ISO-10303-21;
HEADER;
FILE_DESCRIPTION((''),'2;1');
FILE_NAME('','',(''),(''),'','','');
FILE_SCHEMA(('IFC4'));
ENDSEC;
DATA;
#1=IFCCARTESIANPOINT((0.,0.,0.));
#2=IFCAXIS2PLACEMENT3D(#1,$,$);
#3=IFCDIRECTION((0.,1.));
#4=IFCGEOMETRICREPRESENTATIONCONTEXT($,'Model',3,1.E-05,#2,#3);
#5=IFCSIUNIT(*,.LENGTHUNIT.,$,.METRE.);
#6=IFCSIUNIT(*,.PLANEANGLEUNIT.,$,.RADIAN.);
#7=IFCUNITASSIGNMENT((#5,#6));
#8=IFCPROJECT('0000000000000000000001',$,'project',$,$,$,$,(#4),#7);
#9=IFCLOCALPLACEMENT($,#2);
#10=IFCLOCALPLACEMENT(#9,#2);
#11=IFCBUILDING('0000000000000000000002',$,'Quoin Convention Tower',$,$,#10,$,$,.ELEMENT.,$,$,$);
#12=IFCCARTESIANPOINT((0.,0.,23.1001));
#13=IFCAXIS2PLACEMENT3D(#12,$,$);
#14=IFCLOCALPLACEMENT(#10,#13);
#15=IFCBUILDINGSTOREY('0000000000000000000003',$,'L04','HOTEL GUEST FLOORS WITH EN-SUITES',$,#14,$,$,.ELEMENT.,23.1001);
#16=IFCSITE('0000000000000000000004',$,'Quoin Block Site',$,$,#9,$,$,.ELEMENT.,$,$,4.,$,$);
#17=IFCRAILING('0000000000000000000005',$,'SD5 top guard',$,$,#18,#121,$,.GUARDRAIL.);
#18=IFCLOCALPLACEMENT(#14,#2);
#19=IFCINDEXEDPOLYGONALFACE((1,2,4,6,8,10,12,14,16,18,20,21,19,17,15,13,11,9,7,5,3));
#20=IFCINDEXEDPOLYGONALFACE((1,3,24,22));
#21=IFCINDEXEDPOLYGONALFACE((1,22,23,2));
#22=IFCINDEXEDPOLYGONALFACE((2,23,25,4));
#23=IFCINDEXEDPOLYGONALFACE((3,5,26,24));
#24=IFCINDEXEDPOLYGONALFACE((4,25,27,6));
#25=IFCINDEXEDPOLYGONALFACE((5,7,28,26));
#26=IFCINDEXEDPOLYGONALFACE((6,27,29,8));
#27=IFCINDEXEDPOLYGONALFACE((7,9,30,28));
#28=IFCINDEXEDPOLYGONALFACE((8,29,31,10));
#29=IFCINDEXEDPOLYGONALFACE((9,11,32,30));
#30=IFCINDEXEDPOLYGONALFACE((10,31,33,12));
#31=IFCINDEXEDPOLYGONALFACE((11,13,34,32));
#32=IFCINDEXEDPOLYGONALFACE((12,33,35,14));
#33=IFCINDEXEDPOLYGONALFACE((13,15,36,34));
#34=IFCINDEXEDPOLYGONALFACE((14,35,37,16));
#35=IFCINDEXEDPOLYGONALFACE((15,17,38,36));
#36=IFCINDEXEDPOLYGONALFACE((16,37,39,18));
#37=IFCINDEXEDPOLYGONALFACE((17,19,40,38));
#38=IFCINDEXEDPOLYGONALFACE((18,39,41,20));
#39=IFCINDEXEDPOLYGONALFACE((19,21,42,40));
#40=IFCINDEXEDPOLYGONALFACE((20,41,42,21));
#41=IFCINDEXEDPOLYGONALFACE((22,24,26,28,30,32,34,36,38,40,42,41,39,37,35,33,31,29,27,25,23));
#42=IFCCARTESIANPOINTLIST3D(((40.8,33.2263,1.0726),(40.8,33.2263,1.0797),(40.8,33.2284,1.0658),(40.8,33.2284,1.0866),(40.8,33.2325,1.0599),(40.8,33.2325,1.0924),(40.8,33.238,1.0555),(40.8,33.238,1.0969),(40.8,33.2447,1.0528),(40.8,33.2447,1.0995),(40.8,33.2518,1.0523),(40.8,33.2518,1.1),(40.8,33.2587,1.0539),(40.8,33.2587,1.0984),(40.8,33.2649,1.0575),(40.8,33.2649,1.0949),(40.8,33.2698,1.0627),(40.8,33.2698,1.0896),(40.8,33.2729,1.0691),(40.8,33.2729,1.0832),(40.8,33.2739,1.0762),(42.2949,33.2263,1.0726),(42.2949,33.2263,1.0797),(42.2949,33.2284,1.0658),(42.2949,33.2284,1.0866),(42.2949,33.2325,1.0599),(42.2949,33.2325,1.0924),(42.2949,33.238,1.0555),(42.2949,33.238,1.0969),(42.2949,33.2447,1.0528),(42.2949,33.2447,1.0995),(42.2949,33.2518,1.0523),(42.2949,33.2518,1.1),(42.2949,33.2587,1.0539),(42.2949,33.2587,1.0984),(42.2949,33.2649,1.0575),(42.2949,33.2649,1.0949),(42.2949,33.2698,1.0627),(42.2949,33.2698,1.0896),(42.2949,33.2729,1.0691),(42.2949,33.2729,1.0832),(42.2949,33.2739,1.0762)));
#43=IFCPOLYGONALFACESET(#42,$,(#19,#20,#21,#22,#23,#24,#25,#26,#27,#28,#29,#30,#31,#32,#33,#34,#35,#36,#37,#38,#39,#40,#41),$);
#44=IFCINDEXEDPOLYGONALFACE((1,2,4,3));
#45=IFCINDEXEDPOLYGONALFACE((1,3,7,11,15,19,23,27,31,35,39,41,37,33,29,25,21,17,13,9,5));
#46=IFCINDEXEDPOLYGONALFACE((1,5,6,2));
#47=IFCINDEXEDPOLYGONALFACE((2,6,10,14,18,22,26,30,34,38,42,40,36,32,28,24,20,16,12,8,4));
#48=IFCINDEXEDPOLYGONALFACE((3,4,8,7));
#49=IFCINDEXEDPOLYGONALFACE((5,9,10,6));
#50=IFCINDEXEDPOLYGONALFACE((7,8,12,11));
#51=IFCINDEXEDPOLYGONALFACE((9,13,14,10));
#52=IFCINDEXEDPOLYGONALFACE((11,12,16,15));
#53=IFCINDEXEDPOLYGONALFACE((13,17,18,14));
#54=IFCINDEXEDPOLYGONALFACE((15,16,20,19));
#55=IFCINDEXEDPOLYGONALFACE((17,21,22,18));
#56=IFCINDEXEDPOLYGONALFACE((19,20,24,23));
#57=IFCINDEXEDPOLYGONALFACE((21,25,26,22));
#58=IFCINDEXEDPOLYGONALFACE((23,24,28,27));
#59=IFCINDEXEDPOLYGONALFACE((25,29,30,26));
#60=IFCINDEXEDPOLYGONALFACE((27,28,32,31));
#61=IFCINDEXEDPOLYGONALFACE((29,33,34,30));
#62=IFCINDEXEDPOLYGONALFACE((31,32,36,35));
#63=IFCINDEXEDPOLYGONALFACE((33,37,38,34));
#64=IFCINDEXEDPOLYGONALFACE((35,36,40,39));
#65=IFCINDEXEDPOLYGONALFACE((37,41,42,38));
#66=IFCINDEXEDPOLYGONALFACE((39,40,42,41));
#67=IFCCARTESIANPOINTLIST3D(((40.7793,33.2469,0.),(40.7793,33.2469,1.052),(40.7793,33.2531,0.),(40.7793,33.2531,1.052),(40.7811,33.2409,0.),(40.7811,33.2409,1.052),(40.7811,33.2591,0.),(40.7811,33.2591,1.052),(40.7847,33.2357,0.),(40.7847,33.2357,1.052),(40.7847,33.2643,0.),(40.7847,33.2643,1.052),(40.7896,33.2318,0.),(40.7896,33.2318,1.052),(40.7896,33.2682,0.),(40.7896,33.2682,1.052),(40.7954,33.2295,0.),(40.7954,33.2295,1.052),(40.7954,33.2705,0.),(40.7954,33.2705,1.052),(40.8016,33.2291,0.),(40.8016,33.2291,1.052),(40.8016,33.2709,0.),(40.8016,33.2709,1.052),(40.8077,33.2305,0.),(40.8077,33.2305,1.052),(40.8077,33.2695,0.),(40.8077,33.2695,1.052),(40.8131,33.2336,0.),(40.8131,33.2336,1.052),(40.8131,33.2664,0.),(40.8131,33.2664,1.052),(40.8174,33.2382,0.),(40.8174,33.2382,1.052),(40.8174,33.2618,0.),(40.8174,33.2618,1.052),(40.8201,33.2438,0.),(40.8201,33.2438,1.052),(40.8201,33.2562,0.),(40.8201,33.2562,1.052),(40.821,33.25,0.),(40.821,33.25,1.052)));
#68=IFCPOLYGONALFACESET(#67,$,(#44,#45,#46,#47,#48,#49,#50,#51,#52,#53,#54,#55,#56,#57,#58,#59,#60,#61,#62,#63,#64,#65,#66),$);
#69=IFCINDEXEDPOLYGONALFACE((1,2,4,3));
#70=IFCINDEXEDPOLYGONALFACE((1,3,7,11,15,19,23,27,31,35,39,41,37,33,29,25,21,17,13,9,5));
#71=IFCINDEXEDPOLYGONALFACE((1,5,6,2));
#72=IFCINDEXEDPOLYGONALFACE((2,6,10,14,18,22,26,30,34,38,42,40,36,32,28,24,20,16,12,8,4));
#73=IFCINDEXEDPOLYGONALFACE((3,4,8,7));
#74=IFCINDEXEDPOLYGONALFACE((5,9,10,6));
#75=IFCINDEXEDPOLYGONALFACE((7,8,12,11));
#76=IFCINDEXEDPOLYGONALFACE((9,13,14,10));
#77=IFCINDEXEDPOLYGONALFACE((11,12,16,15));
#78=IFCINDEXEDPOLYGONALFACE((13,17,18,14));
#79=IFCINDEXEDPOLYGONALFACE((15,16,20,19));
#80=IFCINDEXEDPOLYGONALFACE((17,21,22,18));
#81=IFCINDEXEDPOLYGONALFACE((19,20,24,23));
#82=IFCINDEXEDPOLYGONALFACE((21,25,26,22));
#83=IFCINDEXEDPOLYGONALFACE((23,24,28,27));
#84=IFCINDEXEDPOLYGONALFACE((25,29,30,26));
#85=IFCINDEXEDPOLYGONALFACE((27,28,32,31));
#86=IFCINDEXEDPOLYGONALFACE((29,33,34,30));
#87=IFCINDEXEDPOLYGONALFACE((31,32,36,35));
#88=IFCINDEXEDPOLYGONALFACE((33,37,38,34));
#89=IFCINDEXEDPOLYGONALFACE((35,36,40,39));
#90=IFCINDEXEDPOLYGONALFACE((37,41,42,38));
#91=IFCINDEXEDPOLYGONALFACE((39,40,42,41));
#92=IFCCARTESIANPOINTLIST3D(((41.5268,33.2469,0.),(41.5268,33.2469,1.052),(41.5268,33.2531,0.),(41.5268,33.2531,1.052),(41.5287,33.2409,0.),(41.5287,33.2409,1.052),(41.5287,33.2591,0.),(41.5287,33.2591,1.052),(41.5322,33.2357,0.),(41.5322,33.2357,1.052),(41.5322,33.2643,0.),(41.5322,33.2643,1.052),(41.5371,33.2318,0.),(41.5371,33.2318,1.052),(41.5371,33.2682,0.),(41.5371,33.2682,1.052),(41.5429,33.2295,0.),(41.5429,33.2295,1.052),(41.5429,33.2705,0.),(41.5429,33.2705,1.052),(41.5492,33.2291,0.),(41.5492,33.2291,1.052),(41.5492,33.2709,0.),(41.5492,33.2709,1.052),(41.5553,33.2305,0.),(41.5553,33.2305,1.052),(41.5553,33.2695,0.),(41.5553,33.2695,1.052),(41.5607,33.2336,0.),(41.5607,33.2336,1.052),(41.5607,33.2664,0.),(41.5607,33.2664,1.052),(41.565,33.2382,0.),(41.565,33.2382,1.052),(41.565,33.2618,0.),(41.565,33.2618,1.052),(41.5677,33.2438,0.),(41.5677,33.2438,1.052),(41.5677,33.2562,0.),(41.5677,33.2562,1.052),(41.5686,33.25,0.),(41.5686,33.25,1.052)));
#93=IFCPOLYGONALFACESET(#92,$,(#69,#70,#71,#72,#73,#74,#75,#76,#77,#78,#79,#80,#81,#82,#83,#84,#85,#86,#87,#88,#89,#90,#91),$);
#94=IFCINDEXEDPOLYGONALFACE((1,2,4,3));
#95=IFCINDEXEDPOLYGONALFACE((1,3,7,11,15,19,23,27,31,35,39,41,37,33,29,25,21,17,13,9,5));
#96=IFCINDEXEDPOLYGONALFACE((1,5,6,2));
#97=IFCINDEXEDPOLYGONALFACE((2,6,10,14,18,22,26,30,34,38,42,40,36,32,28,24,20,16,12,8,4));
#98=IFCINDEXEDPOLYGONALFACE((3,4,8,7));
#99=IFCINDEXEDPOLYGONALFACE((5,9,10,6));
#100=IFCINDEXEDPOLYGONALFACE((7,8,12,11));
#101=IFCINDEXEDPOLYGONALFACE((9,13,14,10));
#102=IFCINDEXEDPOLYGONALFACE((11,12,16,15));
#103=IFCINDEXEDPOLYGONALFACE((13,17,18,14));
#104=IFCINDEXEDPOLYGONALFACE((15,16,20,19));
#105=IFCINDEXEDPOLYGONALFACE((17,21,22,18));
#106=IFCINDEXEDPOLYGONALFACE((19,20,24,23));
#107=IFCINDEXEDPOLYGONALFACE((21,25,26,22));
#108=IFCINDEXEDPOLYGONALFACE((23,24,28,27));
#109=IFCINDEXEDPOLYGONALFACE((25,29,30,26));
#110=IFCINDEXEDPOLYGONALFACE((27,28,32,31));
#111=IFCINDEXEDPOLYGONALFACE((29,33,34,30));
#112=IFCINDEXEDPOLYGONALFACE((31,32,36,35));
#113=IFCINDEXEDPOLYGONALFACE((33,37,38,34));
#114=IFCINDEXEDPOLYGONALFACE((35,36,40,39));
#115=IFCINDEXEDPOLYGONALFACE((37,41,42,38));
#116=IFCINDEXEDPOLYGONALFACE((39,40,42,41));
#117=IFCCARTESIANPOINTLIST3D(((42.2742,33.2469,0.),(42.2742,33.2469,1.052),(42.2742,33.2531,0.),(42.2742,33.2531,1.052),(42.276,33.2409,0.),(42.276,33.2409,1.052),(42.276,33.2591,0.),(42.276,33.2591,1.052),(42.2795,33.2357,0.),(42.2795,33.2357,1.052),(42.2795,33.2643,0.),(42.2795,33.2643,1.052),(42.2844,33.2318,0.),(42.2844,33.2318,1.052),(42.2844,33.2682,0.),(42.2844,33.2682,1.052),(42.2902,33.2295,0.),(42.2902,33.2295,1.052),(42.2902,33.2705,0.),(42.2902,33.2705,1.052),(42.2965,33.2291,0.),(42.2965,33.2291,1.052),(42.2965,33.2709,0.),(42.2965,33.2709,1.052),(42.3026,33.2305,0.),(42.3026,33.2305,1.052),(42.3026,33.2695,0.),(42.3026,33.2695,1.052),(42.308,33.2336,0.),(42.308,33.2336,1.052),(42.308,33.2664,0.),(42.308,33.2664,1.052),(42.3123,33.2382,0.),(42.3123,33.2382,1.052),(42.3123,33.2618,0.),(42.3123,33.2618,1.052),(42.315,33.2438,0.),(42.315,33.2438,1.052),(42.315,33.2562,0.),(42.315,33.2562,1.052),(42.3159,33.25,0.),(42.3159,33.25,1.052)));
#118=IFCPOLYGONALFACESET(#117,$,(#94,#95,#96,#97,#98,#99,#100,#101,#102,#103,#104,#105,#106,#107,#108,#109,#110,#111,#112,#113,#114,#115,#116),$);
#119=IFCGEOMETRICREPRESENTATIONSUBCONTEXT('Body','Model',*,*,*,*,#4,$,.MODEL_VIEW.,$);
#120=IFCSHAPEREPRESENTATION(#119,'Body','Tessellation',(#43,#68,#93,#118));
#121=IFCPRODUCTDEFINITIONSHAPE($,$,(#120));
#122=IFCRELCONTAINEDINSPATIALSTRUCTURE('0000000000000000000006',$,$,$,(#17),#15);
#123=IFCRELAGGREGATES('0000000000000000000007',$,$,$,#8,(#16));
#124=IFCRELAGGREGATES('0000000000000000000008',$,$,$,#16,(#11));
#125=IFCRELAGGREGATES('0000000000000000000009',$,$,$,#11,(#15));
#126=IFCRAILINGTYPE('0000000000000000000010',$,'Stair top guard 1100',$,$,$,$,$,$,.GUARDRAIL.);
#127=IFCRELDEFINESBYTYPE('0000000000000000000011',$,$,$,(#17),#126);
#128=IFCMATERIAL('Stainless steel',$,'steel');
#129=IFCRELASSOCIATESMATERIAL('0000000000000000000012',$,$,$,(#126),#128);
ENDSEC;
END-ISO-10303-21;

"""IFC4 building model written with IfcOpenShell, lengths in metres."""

from ifc_helpers import new_model, si_unit, direction, frame, origin, origin_2d, place, context, subcontext, project, spatial, circle, extrude, material, type_object, element, save


model = new_model("IFC4")

# Units and contexts
model_context = context("Model", 3, precision=1e-05, world=origin(), true_north=direction((0.0, 1.0)))
body_context = subcontext(model_context, "Body", "Model", "MODEL_VIEW")
ifc_project = project(units=[si_unit("LENGTHUNIT", "METRE"), si_unit("PLANEANGLEUNIT", "RADIAN")], contexts=[model_context])

# Site, building, storey
site_placement = place(None, origin())
site = spatial("IfcSite", under=ifc_project, at=site_placement, Name="Quoin Block Site", CompositionType="ELEMENT", RefElevation=4.0)
building_placement = place(site_placement, origin())
building = spatial("IfcBuilding", under=site, at=building_placement, Name="Quoin Convention Tower", CompositionType="ELEMENT")
storey_placement = place(building_placement, frame((0.0, 0.0, 23.1001)))
storey = spatial("IfcBuildingStorey", under=building, at=storey_placement, Name="L04", Description="HOTEL GUEST FLOORS WITH EN-SUITES", CompositionType="ELEMENT", Elevation=23.1001)

# Railing
ifc_material_1 = material(Name="Stainless steel", Category="steel")
railing_type_1 = type_object("IfcRailingType", Name="Stair top guard 1100", PredefinedType="GUARDRAIL", material=ifc_material_1)
railing_1_placement = place(storey_placement, frame((40.8, 33.25, 0.0)))
element("IfcRailing", 1, at=railing_1_placement, inside=storey, type_object=railing_type_1, Name="SD5 top guard", PredefinedType="GUARDRAIL", context=body_context, shape_type="SweptSolid", body=[
    extrude(circle(Radius=0.0239, at=origin_2d()), frame((0.0, 0.0, 1.0762), z_axis=(1.0, 0.0, 0.0), x_axis=(0.0, 1.0, 0.0)), (0.0, 0.0, 1.0), 1.4949),
    extrude(circle(Radius=0.021, at=origin_2d()), origin(), (0.0, 0.0, 1.0), 1.052),
    extrude(circle(Radius=0.021, at=origin_2d()), frame((0.7476, 0.0, 0.0)), (0.0, 0.0, 1.0), 1.052),
    extrude(circle(Radius=0.021, at=origin_2d()), frame((1.4949, 0.0, 0.0)), (0.0, 0.0, 1.0), 1.052),
])

save(model, "model.ifc")
